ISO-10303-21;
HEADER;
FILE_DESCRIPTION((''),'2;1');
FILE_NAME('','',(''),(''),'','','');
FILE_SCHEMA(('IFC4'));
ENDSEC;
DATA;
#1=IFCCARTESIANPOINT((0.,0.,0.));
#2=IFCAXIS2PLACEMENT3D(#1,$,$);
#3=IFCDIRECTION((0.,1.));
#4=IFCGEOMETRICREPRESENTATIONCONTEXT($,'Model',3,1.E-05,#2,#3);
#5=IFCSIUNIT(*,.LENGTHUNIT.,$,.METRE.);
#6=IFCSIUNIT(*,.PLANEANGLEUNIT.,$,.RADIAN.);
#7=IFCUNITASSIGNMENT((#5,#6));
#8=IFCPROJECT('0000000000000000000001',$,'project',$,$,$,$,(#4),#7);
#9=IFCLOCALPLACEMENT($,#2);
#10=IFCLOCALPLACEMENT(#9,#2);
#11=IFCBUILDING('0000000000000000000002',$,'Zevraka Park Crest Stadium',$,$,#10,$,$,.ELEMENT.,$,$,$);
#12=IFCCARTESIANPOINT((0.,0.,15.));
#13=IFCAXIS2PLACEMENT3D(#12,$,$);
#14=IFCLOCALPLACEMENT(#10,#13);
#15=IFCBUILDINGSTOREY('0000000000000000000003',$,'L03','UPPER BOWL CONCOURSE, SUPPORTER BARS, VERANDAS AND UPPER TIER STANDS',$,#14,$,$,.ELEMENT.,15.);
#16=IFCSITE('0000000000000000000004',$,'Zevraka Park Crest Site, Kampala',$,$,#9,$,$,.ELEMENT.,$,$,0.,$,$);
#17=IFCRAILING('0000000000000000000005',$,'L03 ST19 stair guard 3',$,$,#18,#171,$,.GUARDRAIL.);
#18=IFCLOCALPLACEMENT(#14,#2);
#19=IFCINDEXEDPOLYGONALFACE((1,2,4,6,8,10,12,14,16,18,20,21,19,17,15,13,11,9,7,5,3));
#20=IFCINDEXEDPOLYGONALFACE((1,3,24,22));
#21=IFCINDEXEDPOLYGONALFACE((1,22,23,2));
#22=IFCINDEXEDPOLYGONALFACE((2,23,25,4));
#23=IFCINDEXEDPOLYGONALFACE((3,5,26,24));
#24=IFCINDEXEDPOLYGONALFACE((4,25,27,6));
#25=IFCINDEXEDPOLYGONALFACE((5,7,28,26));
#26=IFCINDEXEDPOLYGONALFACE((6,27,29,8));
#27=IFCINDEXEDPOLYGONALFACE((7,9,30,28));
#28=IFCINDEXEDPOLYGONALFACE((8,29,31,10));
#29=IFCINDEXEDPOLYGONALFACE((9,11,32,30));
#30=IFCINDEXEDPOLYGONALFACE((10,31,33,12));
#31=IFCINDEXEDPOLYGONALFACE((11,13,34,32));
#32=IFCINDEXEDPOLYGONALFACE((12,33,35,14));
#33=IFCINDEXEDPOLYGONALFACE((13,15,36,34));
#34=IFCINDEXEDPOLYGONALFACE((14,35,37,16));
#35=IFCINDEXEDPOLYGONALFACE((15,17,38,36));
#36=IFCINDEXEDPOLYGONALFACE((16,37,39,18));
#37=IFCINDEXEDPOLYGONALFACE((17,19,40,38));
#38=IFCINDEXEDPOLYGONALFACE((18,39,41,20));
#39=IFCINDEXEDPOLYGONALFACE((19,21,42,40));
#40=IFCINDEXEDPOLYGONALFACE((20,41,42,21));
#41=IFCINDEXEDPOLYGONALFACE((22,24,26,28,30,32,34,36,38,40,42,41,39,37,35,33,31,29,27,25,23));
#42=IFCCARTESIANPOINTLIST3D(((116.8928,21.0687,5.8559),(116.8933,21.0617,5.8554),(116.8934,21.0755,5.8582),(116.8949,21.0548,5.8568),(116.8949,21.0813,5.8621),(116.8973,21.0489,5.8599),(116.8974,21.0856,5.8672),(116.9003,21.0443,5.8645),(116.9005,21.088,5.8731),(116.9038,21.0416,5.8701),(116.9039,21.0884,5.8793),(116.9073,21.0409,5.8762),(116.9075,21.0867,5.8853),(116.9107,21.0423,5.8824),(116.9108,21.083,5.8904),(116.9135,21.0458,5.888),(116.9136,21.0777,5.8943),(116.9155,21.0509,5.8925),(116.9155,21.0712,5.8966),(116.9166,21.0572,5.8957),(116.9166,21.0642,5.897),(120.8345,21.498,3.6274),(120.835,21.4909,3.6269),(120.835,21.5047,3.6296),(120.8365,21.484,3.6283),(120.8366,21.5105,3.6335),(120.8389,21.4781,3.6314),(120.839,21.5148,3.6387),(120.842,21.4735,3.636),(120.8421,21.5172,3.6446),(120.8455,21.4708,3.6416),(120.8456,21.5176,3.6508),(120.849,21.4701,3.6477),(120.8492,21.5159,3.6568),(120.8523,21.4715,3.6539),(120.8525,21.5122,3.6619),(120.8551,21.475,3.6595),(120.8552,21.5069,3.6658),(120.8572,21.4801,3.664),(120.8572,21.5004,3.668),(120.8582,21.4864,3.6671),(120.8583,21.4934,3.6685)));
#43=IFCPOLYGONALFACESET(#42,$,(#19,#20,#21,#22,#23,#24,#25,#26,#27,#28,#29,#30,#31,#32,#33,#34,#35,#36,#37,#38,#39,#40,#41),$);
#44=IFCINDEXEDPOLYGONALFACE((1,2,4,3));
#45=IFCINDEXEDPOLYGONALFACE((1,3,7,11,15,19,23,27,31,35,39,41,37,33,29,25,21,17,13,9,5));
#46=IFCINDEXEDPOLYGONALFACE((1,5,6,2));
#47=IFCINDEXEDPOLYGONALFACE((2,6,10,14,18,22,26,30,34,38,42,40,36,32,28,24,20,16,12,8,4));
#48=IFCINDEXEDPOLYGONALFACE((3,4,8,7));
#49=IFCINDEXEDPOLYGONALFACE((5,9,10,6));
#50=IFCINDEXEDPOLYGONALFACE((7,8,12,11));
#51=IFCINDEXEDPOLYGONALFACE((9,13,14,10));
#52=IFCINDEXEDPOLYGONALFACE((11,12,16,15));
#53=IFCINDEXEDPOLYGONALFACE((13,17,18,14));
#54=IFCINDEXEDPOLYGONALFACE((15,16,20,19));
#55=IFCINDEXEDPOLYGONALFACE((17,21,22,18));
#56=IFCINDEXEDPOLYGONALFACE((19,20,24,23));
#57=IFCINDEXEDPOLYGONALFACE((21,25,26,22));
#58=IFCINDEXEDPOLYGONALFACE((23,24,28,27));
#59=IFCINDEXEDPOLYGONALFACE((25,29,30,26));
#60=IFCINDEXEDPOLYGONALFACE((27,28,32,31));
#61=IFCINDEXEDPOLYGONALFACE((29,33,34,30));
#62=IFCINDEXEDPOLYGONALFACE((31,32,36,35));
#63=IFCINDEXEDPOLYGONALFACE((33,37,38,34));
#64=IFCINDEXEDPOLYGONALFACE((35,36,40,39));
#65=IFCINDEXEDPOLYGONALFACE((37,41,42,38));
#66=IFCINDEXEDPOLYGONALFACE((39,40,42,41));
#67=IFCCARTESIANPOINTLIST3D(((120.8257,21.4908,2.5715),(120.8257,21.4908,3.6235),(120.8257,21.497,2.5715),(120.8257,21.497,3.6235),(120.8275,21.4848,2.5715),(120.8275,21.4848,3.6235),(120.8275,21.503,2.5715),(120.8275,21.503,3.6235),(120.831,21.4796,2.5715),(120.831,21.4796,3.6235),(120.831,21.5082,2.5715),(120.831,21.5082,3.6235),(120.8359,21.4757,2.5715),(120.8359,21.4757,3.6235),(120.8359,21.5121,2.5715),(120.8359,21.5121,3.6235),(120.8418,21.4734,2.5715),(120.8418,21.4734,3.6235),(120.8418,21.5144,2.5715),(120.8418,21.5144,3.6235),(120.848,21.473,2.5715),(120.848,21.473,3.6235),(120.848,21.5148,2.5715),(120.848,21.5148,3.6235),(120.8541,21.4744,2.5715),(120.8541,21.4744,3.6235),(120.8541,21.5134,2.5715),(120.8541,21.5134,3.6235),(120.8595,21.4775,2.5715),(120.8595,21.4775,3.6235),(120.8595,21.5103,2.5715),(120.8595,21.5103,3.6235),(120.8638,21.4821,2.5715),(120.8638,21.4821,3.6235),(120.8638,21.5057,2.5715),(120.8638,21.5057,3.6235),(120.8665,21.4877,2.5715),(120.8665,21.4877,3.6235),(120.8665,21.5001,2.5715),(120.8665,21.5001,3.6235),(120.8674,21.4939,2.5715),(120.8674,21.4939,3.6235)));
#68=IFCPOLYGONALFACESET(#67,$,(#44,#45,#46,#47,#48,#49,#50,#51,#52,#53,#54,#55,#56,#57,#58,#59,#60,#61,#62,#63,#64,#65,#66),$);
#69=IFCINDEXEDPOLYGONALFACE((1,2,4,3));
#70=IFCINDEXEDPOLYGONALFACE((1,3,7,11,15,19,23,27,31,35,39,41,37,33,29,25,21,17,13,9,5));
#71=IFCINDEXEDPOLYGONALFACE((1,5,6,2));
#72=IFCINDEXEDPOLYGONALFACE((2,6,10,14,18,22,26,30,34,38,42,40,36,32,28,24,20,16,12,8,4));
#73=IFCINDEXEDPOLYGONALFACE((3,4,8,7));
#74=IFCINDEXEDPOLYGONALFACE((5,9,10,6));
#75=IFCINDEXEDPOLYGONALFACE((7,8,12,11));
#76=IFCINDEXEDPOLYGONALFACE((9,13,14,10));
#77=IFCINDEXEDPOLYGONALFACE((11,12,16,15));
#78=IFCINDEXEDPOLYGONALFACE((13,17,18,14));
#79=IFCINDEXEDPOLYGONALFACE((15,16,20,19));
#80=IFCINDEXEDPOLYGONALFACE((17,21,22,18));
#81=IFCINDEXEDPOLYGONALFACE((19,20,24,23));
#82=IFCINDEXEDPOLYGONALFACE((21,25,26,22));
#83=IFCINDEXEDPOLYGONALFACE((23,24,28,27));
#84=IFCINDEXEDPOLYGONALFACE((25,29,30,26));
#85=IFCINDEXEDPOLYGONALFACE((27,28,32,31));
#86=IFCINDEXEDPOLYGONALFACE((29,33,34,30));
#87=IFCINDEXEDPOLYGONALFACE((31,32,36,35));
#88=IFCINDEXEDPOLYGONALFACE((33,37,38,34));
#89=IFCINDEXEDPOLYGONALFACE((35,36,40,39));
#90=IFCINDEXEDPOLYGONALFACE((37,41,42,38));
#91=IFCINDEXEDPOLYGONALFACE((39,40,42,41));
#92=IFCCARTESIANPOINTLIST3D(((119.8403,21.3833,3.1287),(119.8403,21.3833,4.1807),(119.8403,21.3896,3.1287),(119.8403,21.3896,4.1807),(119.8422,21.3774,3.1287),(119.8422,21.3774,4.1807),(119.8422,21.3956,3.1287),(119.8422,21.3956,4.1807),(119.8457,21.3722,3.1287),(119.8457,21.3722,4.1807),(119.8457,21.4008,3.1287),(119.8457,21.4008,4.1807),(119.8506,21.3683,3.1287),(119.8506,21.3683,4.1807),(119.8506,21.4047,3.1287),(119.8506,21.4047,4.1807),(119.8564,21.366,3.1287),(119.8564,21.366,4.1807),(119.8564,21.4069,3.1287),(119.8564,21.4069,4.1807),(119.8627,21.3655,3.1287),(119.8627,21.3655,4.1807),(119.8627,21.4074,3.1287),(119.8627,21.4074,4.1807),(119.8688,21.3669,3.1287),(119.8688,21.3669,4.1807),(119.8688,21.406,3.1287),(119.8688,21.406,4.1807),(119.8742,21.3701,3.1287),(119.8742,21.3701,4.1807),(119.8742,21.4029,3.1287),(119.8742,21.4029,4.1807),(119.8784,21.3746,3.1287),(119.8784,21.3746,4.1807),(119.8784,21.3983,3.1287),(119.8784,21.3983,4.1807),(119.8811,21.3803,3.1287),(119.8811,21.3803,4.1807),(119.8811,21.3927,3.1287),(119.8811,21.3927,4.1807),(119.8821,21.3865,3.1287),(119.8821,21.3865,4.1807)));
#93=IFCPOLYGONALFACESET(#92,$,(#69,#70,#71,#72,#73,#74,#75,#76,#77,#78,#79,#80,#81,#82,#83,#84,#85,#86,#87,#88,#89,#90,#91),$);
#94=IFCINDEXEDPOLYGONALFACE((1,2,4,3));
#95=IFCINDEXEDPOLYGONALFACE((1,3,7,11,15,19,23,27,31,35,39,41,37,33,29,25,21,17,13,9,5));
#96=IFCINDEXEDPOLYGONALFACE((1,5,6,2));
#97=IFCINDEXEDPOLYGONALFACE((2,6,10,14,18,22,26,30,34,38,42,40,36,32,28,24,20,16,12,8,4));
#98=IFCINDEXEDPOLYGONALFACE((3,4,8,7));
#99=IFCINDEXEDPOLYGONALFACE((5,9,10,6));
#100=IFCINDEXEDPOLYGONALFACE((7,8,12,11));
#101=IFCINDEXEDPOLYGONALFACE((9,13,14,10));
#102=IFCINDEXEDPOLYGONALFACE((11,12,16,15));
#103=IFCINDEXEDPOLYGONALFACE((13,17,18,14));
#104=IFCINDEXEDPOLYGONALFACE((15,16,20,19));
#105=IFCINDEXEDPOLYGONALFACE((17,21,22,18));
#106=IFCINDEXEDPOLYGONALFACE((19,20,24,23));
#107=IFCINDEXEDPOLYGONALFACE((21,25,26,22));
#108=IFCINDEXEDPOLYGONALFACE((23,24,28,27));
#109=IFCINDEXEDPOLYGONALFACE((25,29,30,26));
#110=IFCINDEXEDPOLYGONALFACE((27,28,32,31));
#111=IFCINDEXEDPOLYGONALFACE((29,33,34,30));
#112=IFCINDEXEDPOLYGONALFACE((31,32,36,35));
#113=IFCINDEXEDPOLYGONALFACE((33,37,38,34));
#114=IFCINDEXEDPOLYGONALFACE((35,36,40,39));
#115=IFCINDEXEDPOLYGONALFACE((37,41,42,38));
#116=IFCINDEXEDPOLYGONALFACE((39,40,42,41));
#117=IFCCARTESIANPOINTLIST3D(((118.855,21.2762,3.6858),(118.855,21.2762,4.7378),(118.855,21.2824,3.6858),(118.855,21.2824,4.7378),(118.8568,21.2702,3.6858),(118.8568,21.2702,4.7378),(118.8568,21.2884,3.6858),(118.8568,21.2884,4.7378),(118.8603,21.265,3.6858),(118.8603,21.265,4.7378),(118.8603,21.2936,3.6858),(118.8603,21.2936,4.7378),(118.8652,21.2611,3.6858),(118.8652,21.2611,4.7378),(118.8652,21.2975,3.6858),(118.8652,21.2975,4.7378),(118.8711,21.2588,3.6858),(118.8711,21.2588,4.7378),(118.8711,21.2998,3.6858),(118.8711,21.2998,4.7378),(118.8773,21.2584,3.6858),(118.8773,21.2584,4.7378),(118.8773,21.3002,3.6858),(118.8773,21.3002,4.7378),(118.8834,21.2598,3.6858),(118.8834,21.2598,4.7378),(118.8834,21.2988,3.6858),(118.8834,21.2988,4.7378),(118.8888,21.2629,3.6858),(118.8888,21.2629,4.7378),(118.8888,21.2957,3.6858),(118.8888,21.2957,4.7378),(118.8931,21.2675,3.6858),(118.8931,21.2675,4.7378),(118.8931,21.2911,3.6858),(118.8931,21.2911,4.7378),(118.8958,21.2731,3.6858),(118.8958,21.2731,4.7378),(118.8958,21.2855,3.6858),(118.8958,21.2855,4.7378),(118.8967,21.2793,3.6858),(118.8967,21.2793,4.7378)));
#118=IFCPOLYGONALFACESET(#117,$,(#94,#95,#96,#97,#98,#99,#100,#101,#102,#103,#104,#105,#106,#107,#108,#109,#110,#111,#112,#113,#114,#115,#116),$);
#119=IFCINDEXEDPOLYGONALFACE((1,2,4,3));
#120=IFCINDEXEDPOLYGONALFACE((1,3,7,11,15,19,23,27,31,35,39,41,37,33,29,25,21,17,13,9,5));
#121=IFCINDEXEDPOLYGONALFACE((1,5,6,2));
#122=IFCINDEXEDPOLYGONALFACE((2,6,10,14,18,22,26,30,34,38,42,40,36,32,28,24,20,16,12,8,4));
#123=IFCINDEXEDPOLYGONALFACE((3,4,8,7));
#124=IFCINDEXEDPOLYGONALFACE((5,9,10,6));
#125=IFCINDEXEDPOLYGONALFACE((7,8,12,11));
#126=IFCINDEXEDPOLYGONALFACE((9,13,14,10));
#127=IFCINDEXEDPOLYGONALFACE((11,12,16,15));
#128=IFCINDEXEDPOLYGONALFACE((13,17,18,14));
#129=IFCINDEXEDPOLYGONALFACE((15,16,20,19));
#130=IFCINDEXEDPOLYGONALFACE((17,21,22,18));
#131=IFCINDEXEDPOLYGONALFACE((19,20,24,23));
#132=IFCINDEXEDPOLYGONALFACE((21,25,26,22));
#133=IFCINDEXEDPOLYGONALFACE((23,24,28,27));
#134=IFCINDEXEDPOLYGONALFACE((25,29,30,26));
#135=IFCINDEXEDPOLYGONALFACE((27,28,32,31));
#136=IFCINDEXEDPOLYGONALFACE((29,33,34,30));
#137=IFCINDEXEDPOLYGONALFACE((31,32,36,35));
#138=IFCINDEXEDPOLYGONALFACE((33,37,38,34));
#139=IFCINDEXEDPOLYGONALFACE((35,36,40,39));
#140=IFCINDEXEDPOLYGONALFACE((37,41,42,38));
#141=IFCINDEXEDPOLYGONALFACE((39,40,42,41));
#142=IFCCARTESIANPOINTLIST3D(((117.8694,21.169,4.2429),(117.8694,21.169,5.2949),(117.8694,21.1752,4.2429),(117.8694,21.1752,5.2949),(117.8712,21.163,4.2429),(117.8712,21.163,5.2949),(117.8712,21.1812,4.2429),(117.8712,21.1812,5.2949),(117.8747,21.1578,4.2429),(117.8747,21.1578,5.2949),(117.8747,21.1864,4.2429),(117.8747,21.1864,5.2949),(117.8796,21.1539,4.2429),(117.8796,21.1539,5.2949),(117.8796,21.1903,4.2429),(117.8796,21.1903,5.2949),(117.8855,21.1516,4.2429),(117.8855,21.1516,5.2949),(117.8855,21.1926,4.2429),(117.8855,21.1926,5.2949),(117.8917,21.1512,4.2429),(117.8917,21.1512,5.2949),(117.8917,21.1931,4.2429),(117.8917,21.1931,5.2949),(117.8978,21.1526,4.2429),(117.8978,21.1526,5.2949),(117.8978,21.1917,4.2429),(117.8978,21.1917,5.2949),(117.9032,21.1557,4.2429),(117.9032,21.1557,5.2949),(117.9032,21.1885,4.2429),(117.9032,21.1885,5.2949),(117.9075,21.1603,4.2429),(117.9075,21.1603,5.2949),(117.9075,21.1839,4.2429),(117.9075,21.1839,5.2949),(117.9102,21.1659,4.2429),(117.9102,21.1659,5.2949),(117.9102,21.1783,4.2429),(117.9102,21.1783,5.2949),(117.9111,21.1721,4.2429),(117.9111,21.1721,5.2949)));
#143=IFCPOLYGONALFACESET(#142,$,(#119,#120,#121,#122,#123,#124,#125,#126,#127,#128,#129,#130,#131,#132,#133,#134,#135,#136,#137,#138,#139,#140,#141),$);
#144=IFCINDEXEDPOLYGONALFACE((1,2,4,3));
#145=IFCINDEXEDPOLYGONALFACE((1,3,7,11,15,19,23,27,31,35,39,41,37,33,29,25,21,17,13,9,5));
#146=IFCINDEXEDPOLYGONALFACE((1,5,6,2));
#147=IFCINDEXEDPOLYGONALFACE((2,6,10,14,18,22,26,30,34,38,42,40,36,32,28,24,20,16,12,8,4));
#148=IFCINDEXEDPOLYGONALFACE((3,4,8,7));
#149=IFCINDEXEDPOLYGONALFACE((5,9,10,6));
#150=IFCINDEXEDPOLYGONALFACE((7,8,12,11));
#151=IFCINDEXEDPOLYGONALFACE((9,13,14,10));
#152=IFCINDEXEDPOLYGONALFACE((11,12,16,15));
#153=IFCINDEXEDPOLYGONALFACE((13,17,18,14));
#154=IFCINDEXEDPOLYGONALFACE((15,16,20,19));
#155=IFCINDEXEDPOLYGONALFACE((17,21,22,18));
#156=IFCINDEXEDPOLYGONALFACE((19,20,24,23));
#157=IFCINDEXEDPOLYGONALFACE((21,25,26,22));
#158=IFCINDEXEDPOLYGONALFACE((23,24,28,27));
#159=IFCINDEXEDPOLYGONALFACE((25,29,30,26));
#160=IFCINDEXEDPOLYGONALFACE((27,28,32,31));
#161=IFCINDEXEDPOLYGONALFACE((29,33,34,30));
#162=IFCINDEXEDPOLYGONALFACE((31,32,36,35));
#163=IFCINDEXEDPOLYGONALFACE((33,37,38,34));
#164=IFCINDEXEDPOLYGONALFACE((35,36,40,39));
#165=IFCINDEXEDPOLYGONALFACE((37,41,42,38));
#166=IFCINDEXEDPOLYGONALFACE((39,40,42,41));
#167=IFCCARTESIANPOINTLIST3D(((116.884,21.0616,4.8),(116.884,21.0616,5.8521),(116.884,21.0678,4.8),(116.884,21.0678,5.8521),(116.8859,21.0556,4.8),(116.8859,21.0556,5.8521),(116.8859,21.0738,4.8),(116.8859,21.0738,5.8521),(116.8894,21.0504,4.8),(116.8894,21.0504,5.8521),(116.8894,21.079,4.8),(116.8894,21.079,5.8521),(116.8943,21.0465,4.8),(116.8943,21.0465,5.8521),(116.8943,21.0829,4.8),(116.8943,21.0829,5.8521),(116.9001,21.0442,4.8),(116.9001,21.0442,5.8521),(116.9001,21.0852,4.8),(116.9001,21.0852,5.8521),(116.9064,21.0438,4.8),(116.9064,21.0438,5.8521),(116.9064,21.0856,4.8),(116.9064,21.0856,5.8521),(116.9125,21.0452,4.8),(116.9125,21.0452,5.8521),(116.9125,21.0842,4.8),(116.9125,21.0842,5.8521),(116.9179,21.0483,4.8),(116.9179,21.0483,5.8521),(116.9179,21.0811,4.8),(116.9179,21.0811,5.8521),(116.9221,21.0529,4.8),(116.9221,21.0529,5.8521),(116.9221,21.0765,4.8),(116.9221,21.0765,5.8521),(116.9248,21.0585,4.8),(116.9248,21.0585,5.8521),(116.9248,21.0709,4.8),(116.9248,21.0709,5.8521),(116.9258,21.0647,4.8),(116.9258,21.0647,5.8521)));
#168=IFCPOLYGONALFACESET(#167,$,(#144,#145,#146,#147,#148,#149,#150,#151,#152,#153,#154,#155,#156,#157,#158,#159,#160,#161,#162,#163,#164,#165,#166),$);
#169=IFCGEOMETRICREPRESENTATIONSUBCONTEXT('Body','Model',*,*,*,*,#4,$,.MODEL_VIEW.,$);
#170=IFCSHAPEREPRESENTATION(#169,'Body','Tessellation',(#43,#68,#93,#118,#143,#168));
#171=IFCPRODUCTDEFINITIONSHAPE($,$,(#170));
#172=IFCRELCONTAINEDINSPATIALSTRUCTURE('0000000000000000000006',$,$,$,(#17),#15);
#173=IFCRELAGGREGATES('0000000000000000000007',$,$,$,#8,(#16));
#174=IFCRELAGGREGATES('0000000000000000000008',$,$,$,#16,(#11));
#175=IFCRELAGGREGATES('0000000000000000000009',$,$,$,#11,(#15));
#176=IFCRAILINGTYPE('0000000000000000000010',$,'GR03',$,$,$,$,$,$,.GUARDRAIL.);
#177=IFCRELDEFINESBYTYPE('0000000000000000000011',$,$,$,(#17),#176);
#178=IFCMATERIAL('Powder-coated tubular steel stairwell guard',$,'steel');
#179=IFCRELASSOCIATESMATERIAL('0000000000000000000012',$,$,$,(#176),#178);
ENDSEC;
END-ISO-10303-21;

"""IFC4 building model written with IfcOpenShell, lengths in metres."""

from ifc_helpers import new_model, si_unit, direction, frame, origin, origin_2d, place, context, subcontext, project, spatial, circle, extrude, material, type_object, element, save


model = new_model("IFC4")

# Units and contexts
model_context = context("Model", 3, precision=1e-05, world=origin(), true_north=direction((0.0, 1.0)))
body_context = subcontext(model_context, "Body", "Model", "MODEL_VIEW")
ifc_project = project(units=[si_unit("LENGTHUNIT", "METRE"), si_unit("PLANEANGLEUNIT", "RADIAN")], contexts=[model_context])

# Site, building, storey
site_placement = place(None, origin())
site = spatial("IfcSite", under=ifc_project, at=site_placement, Name="Zevraka Park Crest Site, Kampala", CompositionType="ELEMENT", RefElevation=0.0)
building_placement = place(site_placement, origin())
building = spatial("IfcBuilding", under=site, at=building_placement, Name="Zevraka Park Crest Stadium", CompositionType="ELEMENT")
storey_placement = place(building_placement, frame((0.0, 0.0, 15.0)))
storey = spatial("IfcBuildingStorey", under=building, at=storey_placement, Name="L03", Description="UPPER BOWL CONCOURSE, SUPPORTER BARS, VERANDAS AND UPPER TIER STANDS", CompositionType="ELEMENT", Elevation=15.0)

# Railing
ifc_material_1 = material(Name="Powder-coated tubular steel stairwell guard", Category="steel")
railing_type_1 = type_object("IfcRailingType", Name="GR03", PredefinedType="GUARDRAIL", material=ifc_material_1)
railing_1_placement = place(storey_placement, frame((120.8464, 21.4939, 2.5715)))
element("IfcRailing", 1, at=railing_1_placement, inside=storey, type_object=railing_type_1, Name="L03 ST19 stair guard 3", PredefinedType="GUARDRAIL", context=body_context, shape_type="SweptSolid", body=[
    extrude(circle(Radius=0.0239, at=origin_2d()), frame((0.0, 0.0, 1.0762), z_axis=(-0.866619, -0.094365, 0.489966), x_axis=(0.108248, -0.994124, 0.0)), (0.0, 0.0, 1.0), 4.5483),
    extrude(circle(Radius=0.021, at=origin_2d()), origin(), (0.0, 0.0, 1.0), 1.052),
    extrude(circle(Radius=0.021, at=origin_2d()), frame((-0.9854, -0.1074, 0.5571)), (0.0, 0.0, 1.0), 1.052),
    extrude(circle(Radius=0.021, at=origin_2d()), frame((-1.9707, -0.2146, 1.1143)), (0.0, 0.0, 1.0), 1.052),
    extrude(circle(Radius=0.021, at=origin_2d()), frame((-2.9563, -0.3218, 1.6714)), (0.0, 0.0, 1.0), 1.052),
    extrude(circle(Radius=0.021, at=origin_2d()), frame((-3.9417, -0.4292, 2.2285)), (0.0, 0.0, 1.0), 1.052),
])

save(model, "model.ifc")
